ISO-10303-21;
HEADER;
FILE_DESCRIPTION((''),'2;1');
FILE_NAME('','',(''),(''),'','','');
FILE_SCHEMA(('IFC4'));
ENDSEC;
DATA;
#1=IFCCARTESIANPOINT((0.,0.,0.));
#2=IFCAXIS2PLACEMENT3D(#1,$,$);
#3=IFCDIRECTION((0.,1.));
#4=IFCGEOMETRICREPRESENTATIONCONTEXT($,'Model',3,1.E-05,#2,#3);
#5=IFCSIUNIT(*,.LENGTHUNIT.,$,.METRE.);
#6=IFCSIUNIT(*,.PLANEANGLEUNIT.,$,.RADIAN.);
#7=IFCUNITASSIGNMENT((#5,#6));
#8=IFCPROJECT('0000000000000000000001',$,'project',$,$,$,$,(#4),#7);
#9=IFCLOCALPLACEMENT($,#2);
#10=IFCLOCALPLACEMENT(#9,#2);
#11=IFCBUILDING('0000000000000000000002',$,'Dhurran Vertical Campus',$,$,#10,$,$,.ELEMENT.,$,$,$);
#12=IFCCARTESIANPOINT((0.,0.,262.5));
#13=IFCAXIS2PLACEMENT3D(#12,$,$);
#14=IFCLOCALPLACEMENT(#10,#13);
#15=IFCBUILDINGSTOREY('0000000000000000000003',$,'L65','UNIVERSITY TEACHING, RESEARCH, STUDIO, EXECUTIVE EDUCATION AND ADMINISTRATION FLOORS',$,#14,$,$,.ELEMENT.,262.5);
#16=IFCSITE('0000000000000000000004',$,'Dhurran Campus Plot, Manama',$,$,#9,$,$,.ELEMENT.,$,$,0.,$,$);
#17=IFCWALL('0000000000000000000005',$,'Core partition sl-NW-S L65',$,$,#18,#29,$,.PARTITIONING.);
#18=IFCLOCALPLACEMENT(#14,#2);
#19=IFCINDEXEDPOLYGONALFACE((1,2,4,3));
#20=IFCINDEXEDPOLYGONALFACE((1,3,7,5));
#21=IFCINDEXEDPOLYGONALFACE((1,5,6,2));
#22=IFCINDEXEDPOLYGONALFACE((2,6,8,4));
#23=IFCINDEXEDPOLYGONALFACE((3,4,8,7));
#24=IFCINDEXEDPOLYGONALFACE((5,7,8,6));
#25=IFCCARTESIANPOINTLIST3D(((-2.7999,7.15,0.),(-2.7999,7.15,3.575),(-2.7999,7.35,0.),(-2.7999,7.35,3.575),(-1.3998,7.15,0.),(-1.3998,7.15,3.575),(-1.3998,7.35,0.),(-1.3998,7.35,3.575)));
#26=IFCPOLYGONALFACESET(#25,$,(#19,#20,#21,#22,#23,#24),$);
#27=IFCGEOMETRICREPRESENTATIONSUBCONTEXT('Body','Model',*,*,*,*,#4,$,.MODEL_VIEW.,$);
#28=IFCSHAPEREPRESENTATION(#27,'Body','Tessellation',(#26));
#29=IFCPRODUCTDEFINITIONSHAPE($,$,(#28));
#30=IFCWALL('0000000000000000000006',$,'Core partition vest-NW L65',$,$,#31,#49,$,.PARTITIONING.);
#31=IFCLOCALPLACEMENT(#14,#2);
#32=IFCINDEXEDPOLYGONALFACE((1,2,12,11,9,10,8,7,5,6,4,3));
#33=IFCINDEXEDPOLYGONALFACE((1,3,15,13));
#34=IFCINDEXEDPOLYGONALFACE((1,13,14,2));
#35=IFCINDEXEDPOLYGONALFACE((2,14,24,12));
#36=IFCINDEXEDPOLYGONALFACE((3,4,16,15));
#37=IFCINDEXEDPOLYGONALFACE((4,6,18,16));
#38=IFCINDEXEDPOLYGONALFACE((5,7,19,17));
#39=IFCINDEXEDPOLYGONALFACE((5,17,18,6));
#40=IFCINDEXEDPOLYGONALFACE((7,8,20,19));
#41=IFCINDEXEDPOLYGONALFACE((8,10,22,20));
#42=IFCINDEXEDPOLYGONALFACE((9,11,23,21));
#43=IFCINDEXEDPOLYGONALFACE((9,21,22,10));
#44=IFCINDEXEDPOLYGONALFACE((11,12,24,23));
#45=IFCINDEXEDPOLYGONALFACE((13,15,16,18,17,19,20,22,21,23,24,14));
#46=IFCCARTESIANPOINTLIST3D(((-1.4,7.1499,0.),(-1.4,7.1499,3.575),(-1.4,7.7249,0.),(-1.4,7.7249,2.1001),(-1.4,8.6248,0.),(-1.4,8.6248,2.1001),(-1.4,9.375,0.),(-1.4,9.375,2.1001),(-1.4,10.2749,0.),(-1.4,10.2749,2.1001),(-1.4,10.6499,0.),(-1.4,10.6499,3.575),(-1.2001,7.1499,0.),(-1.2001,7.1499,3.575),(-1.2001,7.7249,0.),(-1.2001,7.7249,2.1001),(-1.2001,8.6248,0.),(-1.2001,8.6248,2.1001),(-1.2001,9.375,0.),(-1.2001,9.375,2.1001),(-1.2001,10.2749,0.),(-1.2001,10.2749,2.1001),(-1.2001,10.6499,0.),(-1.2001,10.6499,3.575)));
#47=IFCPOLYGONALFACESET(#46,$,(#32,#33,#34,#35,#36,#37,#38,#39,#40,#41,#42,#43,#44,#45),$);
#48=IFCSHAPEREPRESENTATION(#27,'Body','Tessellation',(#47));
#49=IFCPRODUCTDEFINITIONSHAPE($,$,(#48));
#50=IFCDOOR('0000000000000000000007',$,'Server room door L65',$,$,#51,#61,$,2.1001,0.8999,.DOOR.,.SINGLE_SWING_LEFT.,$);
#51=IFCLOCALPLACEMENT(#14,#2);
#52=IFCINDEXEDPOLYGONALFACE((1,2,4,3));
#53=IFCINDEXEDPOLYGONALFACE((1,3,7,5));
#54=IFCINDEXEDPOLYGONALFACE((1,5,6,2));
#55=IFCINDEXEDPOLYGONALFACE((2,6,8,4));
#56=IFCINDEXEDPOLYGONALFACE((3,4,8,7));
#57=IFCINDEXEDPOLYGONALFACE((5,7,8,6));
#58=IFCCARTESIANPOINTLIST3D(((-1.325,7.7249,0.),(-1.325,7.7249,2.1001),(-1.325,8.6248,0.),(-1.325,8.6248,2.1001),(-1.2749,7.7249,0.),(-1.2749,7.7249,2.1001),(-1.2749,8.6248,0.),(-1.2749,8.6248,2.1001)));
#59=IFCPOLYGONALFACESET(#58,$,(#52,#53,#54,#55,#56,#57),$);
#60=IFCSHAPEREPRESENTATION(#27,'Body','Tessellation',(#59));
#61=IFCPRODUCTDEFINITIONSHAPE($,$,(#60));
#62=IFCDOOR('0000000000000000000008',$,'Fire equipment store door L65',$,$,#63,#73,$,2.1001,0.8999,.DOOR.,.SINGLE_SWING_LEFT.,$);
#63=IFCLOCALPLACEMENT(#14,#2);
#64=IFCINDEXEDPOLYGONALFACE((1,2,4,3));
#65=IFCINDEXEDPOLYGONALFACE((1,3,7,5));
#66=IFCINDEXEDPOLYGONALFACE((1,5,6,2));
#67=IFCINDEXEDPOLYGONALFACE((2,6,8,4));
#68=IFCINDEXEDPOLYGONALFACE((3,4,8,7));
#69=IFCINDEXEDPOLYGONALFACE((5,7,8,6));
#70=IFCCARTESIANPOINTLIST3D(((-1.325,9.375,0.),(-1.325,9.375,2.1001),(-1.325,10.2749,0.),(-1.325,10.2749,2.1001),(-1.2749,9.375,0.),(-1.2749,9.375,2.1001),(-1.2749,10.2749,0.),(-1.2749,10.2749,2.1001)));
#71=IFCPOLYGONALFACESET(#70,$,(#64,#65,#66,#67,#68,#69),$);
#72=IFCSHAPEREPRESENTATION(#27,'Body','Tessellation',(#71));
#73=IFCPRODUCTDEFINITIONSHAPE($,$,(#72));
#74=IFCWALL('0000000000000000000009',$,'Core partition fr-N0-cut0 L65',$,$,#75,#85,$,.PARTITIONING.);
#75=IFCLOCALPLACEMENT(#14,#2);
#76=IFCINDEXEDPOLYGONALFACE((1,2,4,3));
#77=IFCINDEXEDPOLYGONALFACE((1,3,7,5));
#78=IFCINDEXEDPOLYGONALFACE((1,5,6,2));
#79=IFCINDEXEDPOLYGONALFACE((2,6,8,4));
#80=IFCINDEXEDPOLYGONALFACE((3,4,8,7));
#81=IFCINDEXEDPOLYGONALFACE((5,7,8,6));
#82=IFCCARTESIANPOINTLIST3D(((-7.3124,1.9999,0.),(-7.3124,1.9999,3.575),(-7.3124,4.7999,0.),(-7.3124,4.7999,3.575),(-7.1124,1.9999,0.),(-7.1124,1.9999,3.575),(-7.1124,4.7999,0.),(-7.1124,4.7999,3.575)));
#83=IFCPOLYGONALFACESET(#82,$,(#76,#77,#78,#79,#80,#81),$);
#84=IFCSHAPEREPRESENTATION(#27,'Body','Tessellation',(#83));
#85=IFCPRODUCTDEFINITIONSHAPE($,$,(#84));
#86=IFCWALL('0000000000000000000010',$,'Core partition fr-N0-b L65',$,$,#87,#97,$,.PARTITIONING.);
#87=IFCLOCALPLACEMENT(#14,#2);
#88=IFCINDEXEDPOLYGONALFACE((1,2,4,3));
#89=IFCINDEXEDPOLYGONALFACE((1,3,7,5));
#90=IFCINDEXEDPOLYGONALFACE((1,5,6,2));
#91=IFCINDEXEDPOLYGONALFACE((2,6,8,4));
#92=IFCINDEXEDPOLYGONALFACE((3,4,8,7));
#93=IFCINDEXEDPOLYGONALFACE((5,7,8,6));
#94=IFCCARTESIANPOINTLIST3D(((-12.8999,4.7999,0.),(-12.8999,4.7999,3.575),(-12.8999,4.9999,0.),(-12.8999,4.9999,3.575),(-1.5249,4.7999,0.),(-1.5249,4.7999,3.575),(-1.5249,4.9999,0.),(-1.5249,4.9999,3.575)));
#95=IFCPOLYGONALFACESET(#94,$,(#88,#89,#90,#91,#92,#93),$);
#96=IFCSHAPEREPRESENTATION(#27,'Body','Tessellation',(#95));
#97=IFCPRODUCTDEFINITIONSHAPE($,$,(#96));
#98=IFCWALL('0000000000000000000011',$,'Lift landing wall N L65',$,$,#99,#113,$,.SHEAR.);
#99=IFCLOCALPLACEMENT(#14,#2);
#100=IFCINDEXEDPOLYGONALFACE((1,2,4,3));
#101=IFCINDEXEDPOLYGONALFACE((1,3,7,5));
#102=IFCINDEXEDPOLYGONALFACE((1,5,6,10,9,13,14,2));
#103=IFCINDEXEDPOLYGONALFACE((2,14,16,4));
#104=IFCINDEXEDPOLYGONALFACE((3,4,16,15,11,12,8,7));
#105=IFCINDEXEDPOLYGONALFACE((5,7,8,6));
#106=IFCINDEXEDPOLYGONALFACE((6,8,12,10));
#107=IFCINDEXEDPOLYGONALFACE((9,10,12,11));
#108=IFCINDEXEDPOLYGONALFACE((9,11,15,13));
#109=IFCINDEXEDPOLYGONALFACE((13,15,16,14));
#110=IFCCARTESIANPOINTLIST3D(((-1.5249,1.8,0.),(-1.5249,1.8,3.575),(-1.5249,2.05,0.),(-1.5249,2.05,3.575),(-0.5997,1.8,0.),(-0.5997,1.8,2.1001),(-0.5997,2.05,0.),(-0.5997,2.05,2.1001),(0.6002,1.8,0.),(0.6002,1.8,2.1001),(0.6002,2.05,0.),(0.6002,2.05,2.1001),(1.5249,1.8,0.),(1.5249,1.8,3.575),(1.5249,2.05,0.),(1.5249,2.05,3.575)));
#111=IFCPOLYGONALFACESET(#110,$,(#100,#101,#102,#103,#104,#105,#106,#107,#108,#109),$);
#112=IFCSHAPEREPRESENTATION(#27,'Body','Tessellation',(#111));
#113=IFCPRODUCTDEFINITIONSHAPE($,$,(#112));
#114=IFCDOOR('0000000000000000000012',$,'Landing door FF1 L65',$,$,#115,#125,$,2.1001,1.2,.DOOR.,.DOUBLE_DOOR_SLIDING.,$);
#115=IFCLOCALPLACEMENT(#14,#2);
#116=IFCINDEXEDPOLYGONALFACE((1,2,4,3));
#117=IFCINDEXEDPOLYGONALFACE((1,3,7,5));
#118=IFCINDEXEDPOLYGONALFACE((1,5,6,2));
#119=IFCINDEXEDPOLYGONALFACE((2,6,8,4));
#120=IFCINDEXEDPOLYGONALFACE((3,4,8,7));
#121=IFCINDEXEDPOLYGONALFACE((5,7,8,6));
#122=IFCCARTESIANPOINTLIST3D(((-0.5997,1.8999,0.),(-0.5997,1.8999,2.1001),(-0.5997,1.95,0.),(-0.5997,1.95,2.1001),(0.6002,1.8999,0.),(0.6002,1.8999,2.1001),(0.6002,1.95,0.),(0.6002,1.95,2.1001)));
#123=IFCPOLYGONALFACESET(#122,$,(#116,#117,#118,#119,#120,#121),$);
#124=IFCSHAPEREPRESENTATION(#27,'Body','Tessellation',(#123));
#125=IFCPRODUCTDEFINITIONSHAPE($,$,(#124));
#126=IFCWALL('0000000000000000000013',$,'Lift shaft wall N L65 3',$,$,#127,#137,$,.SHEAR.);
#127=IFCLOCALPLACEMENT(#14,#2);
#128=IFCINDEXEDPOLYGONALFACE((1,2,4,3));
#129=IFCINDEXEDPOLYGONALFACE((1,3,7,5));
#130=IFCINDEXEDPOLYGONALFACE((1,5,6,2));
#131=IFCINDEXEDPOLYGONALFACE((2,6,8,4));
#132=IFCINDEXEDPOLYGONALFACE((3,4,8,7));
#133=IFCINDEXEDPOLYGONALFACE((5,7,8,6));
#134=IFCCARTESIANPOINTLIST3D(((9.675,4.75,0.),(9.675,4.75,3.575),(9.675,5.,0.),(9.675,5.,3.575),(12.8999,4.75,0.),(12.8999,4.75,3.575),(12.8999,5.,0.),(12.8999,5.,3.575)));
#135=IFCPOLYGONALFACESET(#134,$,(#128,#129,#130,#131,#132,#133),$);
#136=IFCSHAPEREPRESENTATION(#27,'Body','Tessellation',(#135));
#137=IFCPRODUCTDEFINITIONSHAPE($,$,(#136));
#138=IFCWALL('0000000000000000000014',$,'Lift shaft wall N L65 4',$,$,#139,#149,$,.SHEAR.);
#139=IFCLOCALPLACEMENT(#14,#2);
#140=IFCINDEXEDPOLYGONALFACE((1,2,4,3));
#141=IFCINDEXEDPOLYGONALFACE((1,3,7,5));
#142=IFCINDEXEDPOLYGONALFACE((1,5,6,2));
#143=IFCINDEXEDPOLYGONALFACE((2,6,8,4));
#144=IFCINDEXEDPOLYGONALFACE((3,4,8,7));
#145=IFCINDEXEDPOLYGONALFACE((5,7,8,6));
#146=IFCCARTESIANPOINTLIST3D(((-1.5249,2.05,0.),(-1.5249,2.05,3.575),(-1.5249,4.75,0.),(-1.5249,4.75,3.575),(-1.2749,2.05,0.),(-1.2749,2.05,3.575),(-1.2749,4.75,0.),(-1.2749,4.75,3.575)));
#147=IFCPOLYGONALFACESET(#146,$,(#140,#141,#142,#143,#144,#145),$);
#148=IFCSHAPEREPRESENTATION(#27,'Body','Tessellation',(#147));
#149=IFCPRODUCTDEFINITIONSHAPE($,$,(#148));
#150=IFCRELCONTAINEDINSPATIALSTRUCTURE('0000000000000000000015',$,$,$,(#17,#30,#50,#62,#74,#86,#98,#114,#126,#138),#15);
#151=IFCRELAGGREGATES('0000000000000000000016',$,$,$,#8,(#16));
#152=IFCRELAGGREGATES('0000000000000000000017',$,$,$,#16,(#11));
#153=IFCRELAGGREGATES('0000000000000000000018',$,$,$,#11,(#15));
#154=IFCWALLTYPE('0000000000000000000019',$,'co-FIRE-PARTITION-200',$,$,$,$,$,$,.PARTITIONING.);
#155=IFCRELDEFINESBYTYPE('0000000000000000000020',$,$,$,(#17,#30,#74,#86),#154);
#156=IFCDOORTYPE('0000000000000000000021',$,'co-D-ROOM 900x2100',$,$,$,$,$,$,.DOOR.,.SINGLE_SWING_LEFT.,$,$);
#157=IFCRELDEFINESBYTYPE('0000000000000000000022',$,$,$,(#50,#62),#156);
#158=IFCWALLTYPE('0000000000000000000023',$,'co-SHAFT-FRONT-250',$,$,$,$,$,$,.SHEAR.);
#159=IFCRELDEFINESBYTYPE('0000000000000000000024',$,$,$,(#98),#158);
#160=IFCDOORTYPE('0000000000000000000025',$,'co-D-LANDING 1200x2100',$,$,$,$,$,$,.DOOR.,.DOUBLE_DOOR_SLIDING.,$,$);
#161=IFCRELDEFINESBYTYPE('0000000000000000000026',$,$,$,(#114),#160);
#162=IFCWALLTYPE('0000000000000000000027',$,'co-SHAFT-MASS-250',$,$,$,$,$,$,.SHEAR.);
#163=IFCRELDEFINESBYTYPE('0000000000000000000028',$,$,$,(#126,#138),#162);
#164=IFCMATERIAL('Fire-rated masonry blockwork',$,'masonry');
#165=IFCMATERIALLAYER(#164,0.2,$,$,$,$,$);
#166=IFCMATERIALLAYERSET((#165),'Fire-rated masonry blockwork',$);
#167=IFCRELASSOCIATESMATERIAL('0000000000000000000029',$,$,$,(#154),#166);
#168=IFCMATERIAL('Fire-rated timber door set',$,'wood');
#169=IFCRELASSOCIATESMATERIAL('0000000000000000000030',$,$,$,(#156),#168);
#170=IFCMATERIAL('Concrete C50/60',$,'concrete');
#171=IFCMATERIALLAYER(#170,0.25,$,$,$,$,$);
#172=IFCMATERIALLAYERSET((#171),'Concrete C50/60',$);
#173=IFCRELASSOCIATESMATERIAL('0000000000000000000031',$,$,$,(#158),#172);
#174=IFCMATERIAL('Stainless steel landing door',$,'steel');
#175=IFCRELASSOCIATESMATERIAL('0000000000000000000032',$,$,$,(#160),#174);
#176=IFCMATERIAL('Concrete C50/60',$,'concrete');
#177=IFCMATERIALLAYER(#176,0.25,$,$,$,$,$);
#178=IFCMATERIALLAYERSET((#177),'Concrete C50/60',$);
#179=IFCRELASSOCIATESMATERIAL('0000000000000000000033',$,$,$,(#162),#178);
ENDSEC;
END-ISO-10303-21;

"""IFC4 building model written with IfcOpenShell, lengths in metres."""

from ifc_helpers import new_model, si_unit, direction, frame, frame_2d, origin, place, context, subcontext, project, spatial, polyline, rectangle, outline, extrude, material, layer, layer_set, type_object, element, fill, save


model = new_model("IFC4")

# Units and contexts
model_context = context("Model", 3, precision=1e-05, world=origin(), true_north=direction((0.0, 1.0)))
body_context = subcontext(model_context, "Body", "Model", "MODEL_VIEW")
ifc_project = project(units=[si_unit("LENGTHUNIT", "METRE"), si_unit("PLANEANGLEUNIT", "RADIAN")], contexts=[model_context])

# Site, building, storey
site_placement = place(None, origin())
site = spatial("IfcSite", under=ifc_project, at=site_placement, Name="Dhurran Campus Plot, Manama", CompositionType="ELEMENT", RefElevation=0.0)
building_placement = place(site_placement, origin())
building = spatial("IfcBuilding", under=site, at=building_placement, Name="Dhurran Vertical Campus", CompositionType="ELEMENT")
storey_placement = place(building_placement, frame((0.0, 0.0, 262.5)))
storey = spatial("IfcBuildingStorey", under=building, at=storey_placement, Name="L65", Description="UNIVERSITY TEACHING, RESEARCH, STUDIO, EXECUTIVE EDUCATION AND ADMINISTRATION FLOORS", CompositionType="ELEMENT", Elevation=262.5)

# Wall
ifc_material_1 = material(Name="Fire-rated masonry blockwork", Category="masonry")
ifc_layer_1 = layer(ifc_material_1, 0.2)
ifc_layer_set_1 = layer_set([ifc_layer_1], Name="Fire-rated masonry blockwork")
wall_type_1 = type_object("IfcWallType", Name="co-FIRE-PARTITION-200", PredefinedType="PARTITIONING", material=ifc_layer_set_1)
wall_1_placement = place(storey_placement, frame((-2.8, 7.25, 0.0), z_axis=(0.0, 0.0, 1.0), x_axis=(1.0, 0.0, 0.0)))
element("IfcWall", 1, at=wall_1_placement, inside=storey, type_object=wall_type_1, Name="Core partition sl-NW-S L65", PredefinedType="PARTITIONING", context=body_context, shape_type="SweptSolid", body=[
    extrude(rectangle(XDim=1.4001, YDim=0.2, at=frame_2d((0.7002, 0.0))), origin(), (0.0, 0.0, 1.0), 3.575),
])

# Wall, openings, doors
wall_2_placement = place(storey_placement, frame((-1.3, 7.1499, 0.0), z_axis=(0.0, 0.0, 1.0), x_axis=(0.0, 1.0, 0.0)))
wall_2 = element("IfcWall", 2, at=wall_2_placement, inside=storey, type_object=wall_type_1, Name="Core partition vest-NW L65", PredefinedType="PARTITIONING", context=body_context, shape_type="SweptSolid", body=[
    extrude(rectangle(XDim=3.5, YDim=0.2, at=frame_2d((1.75, 0.0))), origin(), (0.0, 0.0, 1.0), 3.575),
])
opening_1_placement = place(wall_2_placement, frame((0.575, 0.0, 0.0)))
opening_1 = element("IfcOpeningElement", 3, at=opening_1_placement, cuts=wall_2, PredefinedType="OPENING", context=body_context, shape_type="SweptSolid", body=[
    extrude(rectangle(XDim=0.8999, YDim=2.1001, at=frame_2d((0.45, 1.05))), frame((0.0, 0.1099, 0.0), z_axis=(0.0, -1.0, 0.0), x_axis=(1.0, 0.0, 0.0)), (0.0, 0.0, 1.0), 0.22),
])
opening_2_placement = place(wall_2_placement, frame((2.2251, 0.0, 0.0)))
opening_2 = element("IfcOpeningElement", 4, at=opening_2_placement, cuts=wall_2, PredefinedType="OPENING", context=body_context, shape_type="SweptSolid", body=[
    extrude(rectangle(XDim=0.8999, YDim=2.1001, at=frame_2d((0.45, 1.05))), frame((0.0, 0.1099, 0.0), z_axis=(0.0, -1.0, 0.0), x_axis=(1.0, 0.0, 0.0)), (0.0, 0.0, 1.0), 0.22),
])
ifc_material_2 = material(Name="Fire-rated timber door set", Category="wood")
door_type_1 = type_object("IfcDoorType", Name="co-D-ROOM 900x2100", OperationType="SINGLE_SWING_LEFT", PredefinedType="DOOR", material=ifc_material_2)
door_1_placement = place(opening_1_placement, origin())
door_1 = element("IfcDoor", 5, at=door_1_placement, inside=storey, type_object=door_type_1, Name="Server room door L65", OperationType="SINGLE_SWING_LEFT", OverallHeight=2.1001, OverallWidth=0.8999, PredefinedType="DOOR", context=body_context, shape_type="SweptSolid", body=[
    extrude(rectangle(XDim=0.8999, YDim=2.1001, at=frame_2d((0.45, 1.05))), frame((0.0, 0.0249, 0.0), z_axis=(0.0, -1.0, 0.0), x_axis=(1.0, 0.0, 0.0)), (0.0, 0.0, 1.0), 0.05),
])
fill(opening_1, door_1)
door_2_placement = place(opening_2_placement, origin())
door_2 = element("IfcDoor", 6, at=door_2_placement, inside=storey, type_object=door_type_1, Name="Fire equipment store door L65", OperationType="SINGLE_SWING_LEFT", OverallHeight=2.1001, OverallWidth=0.8999, PredefinedType="DOOR", context=body_context, shape_type="SweptSolid", body=[
    extrude(rectangle(XDim=0.8999, YDim=2.1001, at=frame_2d((0.45, 1.05))), frame((0.0, 0.0249, 0.0), z_axis=(0.0, -1.0, 0.0), x_axis=(1.0, 0.0, 0.0)), (0.0, 0.0, 1.0), 0.05),
])
fill(opening_2, door_2)

# Walls
wall_3_placement = place(storey_placement, frame((-7.2124, 2.0, 0.0), z_axis=(0.0, 0.0, 1.0), x_axis=(0.0, 1.0, 0.0)))
element("IfcWall", 7, at=wall_3_placement, inside=storey, type_object=wall_type_1, Name="Core partition fr-N0-cut0 L65", PredefinedType="PARTITIONING", context=body_context, shape_type="SweptSolid", body=[
    extrude(rectangle(XDim=2.8, YDim=0.2, at=frame_2d((1.3999, 0.0))), origin(), (0.0, 0.0, 1.0), 3.575),
])
wall_4_placement = place(storey_placement, frame((-12.8999, 4.8999, 0.0), z_axis=(0.0, 0.0, 1.0), x_axis=(1.0, 0.0, 0.0)))
element("IfcWall", 8, at=wall_4_placement, inside=storey, type_object=wall_type_1, Name="Core partition fr-N0-b L65", PredefinedType="PARTITIONING", context=body_context, shape_type="SweptSolid", body=[
    extrude(rectangle(XDim=11.375, YDim=0.2, at=frame_2d((5.6875, 0.0))), origin(), (0.0, 0.0, 1.0), 3.575),
])

# Wall, opening, door
ifc_material_3 = material(Name="Concrete C50/60", Category="concrete")
ifc_layer_2 = layer(ifc_material_3, 0.25)
ifc_layer_set_2 = layer_set([ifc_layer_2], Name="Concrete C50/60")
wall_type_2 = type_object("IfcWallType", Name="co-SHAFT-FRONT-250", PredefinedType="SHEAR", material=ifc_layer_set_2)
wall_5_placement = place(storey_placement, frame((-1.5249, 1.925, 0.0), z_axis=(0.0, 0.0, 1.0), x_axis=(1.0, 0.0, 0.0)))
wall_5 = element("IfcWall", 9, at=wall_5_placement, inside=storey, type_object=wall_type_2, Name="Lift landing wall N L65", PredefinedType="SHEAR", context=body_context, shape_type="SweptSolid", body=[
    extrude(rectangle(XDim=3.0498, YDim=0.25, at=frame_2d((1.5249, 0.0))), origin(), (0.0, 0.0, 1.0), 3.575),
])
opening_3_placement = place(wall_5_placement, frame((0.925, 0.0, 0.0)))
opening_3 = element("IfcOpeningElement", 10, at=opening_3_placement, cuts=wall_5, PredefinedType="OPENING", context=body_context, shape_type="SweptSolid", body=[
    extrude(rectangle(XDim=1.2, YDim=2.1001, at=frame_2d((0.6001, 1.05))), frame((0.0, 0.135, 0.0), z_axis=(0.0, -1.0, 0.0), x_axis=(1.0, 0.0, 0.0)), (0.0, 0.0, 1.0), 0.27),
])
ifc_material_4 = material(Name="Stainless steel landing door", Category="steel")
door_type_2 = type_object("IfcDoorType", Name="co-D-LANDING 1200x2100", OperationType="DOUBLE_DOOR_SLIDING", PredefinedType="DOOR", material=ifc_material_4)
door_3_placement = place(opening_3_placement, origin())
door_3 = element("IfcDoor", 11, at=door_3_placement, inside=storey, type_object=door_type_2, Name="Landing door FF1 L65", OperationType="DOUBLE_DOOR_SLIDING", OverallHeight=2.1001, OverallWidth=1.2, PredefinedType="DOOR", context=body_context, shape_type="SweptSolid", body=[
    extrude(rectangle(XDim=1.2, YDim=2.1001, at=frame_2d((0.6001, 1.05))), frame((0.0, 0.0249, 0.0), z_axis=(0.0, -1.0, 0.0), x_axis=(1.0, 0.0, 0.0)), (0.0, 0.0, 1.0), 0.05),
])
fill(opening_3, door_3)

# Walls
ifc_material_5 = material(Name="Concrete C50/60", Category="concrete")
ifc_layer_3 = layer(ifc_material_5, 0.25)
ifc_layer_set_3 = layer_set([ifc_layer_3], Name="Concrete C50/60")
wall_type_3 = type_object("IfcWallType", Name="co-SHAFT-MASS-250", PredefinedType="SHEAR", material=ifc_layer_set_3)
wall_6_placement = place(storey_placement, origin())
element("IfcWall", 12, at=wall_6_placement, inside=storey, type_object=wall_type_3, Name="Lift shaft wall N L65 3", PredefinedType="SHEAR", context=body_context, shape_type="SweptSolid", body=[
    extrude(outline(polyline([(9.675, 4.75), (12.8999, 4.75), (12.8999, 5.0), (9.675, 5.0), (9.675, 4.75)])), origin(), (0.0, 0.0, 1.0), 3.575),
])
wall_7_placement = place(storey_placement, origin())
element("IfcWall", 13, at=wall_7_placement, inside=storey, type_object=wall_type_3, Name="Lift shaft wall N L65 4", PredefinedType="SHEAR", context=body_context, shape_type="SweptSolid", body=[
    extrude(outline(polyline([(-1.5249, 2.05), (-1.2749, 2.05), (-1.2749, 4.75), (-1.5249, 4.75), (-1.5249, 2.05)])), origin(), (0.0, 0.0, 1.0), 3.575),
])

save(model, "model.ifc")
